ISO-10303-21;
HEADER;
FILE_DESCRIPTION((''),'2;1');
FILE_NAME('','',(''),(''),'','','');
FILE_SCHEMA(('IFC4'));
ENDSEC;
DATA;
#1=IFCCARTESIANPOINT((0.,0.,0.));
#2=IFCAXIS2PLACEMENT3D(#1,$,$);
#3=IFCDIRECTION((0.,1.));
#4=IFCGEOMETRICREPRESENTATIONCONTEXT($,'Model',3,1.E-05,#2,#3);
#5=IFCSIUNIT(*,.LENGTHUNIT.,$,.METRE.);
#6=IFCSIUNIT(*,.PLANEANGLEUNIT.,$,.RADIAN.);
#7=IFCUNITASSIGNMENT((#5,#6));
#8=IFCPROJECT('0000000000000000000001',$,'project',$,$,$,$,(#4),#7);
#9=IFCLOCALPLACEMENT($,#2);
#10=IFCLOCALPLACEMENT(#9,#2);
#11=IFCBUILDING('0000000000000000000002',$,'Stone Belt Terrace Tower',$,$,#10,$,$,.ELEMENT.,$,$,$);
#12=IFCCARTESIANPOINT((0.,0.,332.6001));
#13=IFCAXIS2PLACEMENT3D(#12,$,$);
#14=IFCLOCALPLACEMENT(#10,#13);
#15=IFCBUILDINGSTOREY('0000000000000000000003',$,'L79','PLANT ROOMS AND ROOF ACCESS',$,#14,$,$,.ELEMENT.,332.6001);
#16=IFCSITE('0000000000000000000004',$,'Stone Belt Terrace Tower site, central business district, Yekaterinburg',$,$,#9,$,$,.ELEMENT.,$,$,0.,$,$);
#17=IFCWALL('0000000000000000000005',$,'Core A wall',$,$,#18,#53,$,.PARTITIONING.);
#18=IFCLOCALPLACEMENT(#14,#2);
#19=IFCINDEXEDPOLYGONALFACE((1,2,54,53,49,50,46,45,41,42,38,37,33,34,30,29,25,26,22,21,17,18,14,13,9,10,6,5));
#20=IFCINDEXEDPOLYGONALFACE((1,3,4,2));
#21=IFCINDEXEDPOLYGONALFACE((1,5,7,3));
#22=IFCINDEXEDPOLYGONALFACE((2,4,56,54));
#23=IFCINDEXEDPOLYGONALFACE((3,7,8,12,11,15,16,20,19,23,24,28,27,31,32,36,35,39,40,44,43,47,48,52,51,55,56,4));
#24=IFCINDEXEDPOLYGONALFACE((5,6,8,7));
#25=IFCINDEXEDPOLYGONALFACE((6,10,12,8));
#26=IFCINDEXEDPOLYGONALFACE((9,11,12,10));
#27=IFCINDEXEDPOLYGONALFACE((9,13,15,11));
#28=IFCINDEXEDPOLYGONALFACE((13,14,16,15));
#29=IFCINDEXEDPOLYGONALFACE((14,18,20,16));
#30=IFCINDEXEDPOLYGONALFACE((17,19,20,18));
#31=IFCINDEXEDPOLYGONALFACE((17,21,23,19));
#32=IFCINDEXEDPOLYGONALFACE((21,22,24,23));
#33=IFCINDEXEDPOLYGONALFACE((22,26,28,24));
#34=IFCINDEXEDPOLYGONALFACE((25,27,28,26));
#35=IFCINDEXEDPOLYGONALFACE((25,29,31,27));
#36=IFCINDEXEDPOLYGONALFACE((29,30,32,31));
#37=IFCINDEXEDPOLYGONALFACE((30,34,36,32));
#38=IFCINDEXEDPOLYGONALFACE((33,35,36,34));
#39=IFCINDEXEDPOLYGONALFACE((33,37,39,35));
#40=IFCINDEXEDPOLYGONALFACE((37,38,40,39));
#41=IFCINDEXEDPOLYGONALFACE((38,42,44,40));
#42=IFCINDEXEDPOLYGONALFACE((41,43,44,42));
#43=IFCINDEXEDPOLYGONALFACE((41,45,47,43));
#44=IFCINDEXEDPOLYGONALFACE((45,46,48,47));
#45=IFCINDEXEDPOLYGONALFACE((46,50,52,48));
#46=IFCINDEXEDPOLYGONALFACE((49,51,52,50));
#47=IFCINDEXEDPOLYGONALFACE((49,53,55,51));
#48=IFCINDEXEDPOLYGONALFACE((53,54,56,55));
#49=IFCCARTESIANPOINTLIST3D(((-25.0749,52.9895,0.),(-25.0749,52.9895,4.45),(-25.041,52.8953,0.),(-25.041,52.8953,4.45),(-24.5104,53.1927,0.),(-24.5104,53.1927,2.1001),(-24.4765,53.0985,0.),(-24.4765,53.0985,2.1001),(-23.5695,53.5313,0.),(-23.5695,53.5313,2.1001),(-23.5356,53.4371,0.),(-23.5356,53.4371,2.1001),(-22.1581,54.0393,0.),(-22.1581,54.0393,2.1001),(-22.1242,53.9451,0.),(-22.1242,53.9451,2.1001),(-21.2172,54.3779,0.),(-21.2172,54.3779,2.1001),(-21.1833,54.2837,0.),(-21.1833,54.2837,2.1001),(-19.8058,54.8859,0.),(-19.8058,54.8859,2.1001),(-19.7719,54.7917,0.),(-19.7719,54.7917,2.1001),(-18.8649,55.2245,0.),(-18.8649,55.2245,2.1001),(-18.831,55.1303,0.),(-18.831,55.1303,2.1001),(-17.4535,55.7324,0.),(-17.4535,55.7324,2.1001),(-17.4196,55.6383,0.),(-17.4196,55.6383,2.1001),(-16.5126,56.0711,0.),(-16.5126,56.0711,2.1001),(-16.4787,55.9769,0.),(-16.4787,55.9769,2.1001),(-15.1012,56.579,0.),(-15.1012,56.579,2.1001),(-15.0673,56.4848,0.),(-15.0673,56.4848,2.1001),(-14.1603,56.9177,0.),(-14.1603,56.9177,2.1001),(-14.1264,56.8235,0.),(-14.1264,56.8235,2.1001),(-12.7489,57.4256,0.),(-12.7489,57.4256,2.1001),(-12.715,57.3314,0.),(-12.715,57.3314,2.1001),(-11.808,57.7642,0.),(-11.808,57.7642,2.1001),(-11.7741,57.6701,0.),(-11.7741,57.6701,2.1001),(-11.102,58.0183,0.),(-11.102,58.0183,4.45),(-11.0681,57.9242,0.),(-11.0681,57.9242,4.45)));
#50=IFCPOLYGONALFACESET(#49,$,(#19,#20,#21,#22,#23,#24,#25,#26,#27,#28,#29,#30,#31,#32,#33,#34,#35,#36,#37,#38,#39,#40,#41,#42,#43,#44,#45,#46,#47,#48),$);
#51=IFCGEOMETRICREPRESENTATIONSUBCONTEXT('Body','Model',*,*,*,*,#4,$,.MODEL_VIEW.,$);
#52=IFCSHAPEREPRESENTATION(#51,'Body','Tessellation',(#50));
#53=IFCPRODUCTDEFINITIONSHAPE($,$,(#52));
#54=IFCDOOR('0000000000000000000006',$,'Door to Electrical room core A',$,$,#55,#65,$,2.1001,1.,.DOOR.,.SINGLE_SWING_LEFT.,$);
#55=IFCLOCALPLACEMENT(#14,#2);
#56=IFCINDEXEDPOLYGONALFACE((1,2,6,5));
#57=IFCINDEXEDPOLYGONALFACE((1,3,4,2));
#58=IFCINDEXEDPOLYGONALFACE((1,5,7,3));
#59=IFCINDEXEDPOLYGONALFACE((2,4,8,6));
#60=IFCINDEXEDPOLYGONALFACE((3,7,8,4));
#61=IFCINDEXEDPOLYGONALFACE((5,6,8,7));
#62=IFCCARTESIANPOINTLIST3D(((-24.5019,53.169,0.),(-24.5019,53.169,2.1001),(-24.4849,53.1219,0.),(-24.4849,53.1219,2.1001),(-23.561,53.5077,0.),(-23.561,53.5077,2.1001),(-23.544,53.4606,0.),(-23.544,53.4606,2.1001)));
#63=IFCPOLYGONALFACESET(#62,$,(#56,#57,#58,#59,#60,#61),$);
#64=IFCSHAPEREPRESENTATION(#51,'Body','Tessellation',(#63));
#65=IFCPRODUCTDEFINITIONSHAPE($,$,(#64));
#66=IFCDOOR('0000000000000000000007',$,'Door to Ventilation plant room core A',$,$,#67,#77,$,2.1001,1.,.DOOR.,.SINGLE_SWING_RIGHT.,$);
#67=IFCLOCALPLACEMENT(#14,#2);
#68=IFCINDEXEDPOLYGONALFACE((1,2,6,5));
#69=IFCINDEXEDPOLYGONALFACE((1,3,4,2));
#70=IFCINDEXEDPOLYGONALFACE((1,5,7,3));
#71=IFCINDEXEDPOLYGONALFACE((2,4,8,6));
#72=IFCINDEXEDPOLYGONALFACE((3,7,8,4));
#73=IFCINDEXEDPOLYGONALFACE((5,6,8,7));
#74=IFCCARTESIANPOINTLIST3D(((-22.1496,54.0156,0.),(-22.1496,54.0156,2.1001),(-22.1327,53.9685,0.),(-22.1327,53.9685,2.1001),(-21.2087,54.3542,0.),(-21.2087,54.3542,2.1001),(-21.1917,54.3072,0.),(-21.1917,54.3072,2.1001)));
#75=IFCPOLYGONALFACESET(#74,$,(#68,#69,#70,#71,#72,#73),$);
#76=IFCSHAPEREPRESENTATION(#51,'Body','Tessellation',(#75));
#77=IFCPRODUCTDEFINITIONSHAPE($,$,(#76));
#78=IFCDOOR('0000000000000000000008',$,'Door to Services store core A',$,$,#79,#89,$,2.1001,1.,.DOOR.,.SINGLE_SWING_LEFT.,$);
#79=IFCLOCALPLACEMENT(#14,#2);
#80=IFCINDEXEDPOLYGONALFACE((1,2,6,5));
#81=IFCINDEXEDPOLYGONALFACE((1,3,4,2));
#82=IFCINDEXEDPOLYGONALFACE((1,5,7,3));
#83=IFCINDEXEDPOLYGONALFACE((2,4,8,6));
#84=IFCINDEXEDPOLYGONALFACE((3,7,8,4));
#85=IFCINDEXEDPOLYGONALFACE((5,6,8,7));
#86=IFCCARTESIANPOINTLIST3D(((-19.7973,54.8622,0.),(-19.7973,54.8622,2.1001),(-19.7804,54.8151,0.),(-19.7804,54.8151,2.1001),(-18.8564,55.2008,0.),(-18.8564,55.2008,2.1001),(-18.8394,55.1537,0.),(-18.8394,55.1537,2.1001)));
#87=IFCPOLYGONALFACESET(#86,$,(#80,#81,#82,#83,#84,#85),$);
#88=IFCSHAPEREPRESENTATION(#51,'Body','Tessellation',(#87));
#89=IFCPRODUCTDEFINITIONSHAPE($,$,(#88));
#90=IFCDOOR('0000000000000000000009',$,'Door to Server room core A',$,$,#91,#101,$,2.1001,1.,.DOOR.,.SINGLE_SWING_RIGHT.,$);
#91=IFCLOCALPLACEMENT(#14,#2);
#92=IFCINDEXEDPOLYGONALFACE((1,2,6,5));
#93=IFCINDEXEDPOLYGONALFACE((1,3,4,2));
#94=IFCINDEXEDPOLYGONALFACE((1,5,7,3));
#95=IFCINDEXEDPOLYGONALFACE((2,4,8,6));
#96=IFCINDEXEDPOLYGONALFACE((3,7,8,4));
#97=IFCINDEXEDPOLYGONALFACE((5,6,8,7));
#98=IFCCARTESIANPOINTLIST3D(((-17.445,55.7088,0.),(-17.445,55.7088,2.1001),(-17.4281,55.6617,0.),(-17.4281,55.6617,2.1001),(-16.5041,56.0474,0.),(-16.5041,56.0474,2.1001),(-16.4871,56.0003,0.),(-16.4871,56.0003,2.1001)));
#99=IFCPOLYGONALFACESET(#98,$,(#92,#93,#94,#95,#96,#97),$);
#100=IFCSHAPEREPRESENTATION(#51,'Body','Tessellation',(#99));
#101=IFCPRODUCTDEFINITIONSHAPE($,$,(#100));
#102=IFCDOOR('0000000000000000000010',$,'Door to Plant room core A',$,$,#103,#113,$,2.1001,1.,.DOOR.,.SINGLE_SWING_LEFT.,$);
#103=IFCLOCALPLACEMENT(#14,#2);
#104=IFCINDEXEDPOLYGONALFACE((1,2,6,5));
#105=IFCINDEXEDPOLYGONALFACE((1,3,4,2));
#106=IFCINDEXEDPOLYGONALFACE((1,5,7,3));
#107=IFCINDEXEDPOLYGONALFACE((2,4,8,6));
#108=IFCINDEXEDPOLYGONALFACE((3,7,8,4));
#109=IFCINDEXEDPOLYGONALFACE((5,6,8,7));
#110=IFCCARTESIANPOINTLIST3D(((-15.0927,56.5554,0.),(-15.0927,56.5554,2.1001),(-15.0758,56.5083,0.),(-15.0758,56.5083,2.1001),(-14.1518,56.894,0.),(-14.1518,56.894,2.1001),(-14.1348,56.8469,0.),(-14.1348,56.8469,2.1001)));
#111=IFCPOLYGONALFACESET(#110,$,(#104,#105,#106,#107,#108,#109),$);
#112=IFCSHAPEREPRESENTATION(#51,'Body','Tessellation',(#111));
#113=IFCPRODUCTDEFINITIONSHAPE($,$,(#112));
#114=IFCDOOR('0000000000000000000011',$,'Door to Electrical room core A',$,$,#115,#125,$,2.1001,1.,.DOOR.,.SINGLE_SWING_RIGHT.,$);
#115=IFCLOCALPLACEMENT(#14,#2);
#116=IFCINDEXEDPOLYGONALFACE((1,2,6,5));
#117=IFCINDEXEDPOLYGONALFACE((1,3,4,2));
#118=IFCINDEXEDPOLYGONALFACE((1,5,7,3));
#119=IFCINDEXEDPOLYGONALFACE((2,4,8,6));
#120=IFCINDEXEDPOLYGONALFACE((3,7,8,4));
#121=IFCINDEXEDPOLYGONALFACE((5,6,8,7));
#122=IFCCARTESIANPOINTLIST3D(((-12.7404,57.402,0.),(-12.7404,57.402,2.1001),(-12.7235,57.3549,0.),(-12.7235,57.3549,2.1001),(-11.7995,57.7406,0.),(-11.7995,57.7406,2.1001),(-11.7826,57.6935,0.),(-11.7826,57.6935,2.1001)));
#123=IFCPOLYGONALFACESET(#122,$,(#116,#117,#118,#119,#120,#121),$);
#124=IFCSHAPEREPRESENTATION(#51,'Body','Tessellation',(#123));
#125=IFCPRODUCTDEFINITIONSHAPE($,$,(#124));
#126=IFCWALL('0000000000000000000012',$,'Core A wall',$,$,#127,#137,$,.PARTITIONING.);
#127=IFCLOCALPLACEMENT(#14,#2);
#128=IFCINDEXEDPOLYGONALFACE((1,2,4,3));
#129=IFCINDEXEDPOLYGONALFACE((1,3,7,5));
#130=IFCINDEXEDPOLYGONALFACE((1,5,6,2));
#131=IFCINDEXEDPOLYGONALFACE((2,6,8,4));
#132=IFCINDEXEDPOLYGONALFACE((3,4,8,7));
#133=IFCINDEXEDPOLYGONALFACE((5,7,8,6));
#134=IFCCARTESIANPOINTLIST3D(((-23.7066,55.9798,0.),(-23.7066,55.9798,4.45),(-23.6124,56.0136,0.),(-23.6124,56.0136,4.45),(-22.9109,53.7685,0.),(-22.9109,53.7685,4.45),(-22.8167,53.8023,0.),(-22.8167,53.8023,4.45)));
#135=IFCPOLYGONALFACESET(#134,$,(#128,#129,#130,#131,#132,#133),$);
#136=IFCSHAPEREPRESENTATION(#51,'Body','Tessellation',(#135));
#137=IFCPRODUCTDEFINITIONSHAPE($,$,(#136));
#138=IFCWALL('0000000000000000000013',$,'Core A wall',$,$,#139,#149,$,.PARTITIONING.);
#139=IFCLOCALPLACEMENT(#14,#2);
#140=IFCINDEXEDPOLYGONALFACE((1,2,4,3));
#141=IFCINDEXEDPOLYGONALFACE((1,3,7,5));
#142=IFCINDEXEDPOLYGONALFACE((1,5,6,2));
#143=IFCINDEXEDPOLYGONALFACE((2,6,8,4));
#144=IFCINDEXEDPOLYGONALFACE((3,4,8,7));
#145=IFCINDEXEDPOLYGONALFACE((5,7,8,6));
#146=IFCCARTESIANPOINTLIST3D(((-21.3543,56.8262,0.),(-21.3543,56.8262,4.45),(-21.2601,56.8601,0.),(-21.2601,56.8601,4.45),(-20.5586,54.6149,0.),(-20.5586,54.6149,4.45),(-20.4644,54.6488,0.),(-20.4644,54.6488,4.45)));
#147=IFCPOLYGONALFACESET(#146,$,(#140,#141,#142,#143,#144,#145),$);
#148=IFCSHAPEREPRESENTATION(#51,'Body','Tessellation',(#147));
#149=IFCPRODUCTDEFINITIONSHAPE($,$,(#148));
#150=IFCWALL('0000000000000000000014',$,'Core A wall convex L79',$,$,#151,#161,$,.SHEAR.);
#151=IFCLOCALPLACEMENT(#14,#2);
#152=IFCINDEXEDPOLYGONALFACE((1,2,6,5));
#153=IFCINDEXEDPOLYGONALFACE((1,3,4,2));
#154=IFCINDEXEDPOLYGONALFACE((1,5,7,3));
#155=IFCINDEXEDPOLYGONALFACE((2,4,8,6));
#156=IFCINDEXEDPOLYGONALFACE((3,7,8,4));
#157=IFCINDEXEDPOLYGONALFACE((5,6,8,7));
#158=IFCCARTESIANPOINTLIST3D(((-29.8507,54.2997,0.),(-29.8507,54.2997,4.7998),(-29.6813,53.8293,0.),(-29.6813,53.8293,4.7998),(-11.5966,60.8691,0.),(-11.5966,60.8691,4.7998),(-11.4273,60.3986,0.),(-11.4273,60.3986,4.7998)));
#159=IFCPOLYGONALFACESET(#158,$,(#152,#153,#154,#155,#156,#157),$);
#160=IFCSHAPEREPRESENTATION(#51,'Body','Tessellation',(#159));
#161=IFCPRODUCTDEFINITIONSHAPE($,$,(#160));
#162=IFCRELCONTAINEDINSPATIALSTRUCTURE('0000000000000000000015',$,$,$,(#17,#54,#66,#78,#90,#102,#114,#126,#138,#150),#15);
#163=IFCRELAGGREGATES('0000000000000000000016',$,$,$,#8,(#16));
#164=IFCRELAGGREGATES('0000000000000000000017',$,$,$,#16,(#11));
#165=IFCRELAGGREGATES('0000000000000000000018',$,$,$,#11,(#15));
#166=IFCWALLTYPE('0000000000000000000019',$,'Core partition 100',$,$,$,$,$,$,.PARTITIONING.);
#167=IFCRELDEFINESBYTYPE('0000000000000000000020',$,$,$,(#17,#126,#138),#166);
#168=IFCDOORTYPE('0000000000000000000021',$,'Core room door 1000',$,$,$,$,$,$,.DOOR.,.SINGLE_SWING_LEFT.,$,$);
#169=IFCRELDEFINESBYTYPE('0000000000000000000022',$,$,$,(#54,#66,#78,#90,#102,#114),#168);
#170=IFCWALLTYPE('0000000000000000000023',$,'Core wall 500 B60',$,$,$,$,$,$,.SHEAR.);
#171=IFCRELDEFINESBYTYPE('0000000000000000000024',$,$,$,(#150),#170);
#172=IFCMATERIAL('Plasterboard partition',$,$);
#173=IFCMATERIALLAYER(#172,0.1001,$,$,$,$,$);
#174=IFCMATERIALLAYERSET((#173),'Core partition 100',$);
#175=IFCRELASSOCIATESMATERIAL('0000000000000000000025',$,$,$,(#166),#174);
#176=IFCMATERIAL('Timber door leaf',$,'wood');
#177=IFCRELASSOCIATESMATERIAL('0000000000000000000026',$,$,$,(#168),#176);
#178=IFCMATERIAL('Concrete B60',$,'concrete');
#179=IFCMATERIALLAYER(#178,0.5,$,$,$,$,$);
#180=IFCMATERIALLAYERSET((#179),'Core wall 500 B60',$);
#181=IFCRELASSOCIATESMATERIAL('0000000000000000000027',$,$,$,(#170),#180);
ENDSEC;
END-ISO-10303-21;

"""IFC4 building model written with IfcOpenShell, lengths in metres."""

from ifc_helpers import new_model, si_unit, direction, frame, frame_2d, origin, place, context, subcontext, project, spatial, rectangle, extrude, material, layer, layer_set, type_object, element, fill, save


model = new_model("IFC4")

# Units and contexts
model_context = context("Model", 3, precision=1e-05, world=origin(), true_north=direction((0.0, 1.0)))
body_context = subcontext(model_context, "Body", "Model", "MODEL_VIEW")
ifc_project = project(units=[si_unit("LENGTHUNIT", "METRE"), si_unit("PLANEANGLEUNIT", "RADIAN")], contexts=[model_context])

# Site, building, storey
site_placement = place(None, origin())
site = spatial("IfcSite", under=ifc_project, at=site_placement, Name="Stone Belt Terrace Tower site, central business district, Yekaterinburg", CompositionType="ELEMENT", RefElevation=0.0)
building_placement = place(site_placement, origin())
building = spatial("IfcBuilding", under=site, at=building_placement, Name="Stone Belt Terrace Tower", CompositionType="ELEMENT")
storey_placement = place(building_placement, frame((0.0, 0.0, 332.6001)))
storey = spatial("IfcBuildingStorey", under=building, at=storey_placement, Name="L79", Description="PLANT ROOMS AND ROOF ACCESS", CompositionType="ELEMENT", Elevation=332.6001)

# Shared definitions
ifc_material_1 = material(Name="Concrete B60", Category="concrete")

# Shared definitions
ifc_material_2 = material(Name="Plasterboard partition")
ifc_layer_1 = layer(ifc_material_2, 0.1001)
ifc_layer_set_1 = layer_set([ifc_layer_1], Name="Core partition 100")
wall_type_1 = type_object("IfcWallType", Name="Core partition 100", PredefinedType="PARTITIONING", material=ifc_layer_set_1)
ifc_material_3 = material(Name="Timber door leaf", Category="wood")
door_type_1 = type_object("IfcDoorType", Name="Core room door 1000", OperationType="SINGLE_SWING_LEFT", PredefinedType="DOOR", material=ifc_material_3)

# Wall, openings, doors
wall_1_placement = place(storey_placement, frame((-25.0581, 52.9424, 0.0), z_axis=(0.0, 0.0, 1.0), x_axis=(0.940918, 0.338634, 0.0)))
wall_1 = element("IfcWall", 1, at=wall_1_placement, inside=storey, type_object=wall_type_1, Name="Core A wall", PredefinedType="PARTITIONING", context=body_context, shape_type="SweptSolid", body=[
    extrude(rectangle(XDim=14.8503, YDim=0.1001, at=frame_2d((7.4253, 0.0))), origin(), (0.0, 0.0, 1.0), 4.45),
])
opening_1_placement = place(wall_1_placement, frame((0.6001, 0.0, 0.0)))
opening_1 = element("IfcOpeningElement", 2, at=opening_1_placement, cuts=wall_1, PredefinedType="OPENING", context=body_context, shape_type="SweptSolid", body=[
    extrude(rectangle(XDim=1.0, YDim=2.1001, at=frame_2d((0.5, 1.05))), frame((0.0, 0.0601, 0.0), z_axis=(0.0, -1.0, 0.0), x_axis=(1.0, 0.0, 0.0)), (0.0, 0.0, 1.0), 0.1201),
])
opening_2_placement = place(wall_1_placement, frame((3.1001, 0.0, 0.0)))
opening_2 = element("IfcOpeningElement", 3, at=opening_2_placement, cuts=wall_1, PredefinedType="OPENING", context=body_context, shape_type="SweptSolid", body=[
    extrude(rectangle(XDim=1.0, YDim=2.1001, at=frame_2d((0.5, 1.05))), frame((0.0, 0.0601, 0.0), z_axis=(0.0, -1.0, 0.0), x_axis=(1.0, 0.0, 0.0)), (0.0, 0.0, 1.0), 0.1201),
])
opening_3_placement = place(wall_1_placement, frame((5.6001, 0.0, 0.0)))
opening_3 = element("IfcOpeningElement", 4, at=opening_3_placement, cuts=wall_1, PredefinedType="OPENING", context=body_context, shape_type="SweptSolid", body=[
    extrude(rectangle(XDim=1.0, YDim=2.1001, at=frame_2d((0.5, 1.05))), frame((0.0, 0.0601, 0.0), z_axis=(0.0, -1.0, 0.0), x_axis=(1.0, 0.0, 0.0)), (0.0, 0.0, 1.0), 0.1201),
])
opening_4_placement = place(wall_1_placement, frame((8.1001, 0.0, 0.0)))
opening_4 = element("IfcOpeningElement", 5, at=opening_4_placement, cuts=wall_1, PredefinedType="OPENING", context=body_context, shape_type="SweptSolid", body=[
    extrude(rectangle(XDim=1.0, YDim=2.1001, at=frame_2d((0.5, 1.05))), frame((0.0, 0.0601, 0.0), z_axis=(0.0, -1.0, 0.0), x_axis=(1.0, 0.0, 0.0)), (0.0, 0.0, 1.0), 0.1201),
])
opening_5_placement = place(wall_1_placement, frame((10.6001, 0.0, 0.0)))
opening_5 = element("IfcOpeningElement", 6, at=opening_5_placement, cuts=wall_1, PredefinedType="OPENING", context=body_context, shape_type="SweptSolid", body=[
    extrude(rectangle(XDim=1.0, YDim=2.1001, at=frame_2d((0.5, 1.05))), frame((0.0, 0.0601, 0.0), z_axis=(0.0, -1.0, 0.0), x_axis=(1.0, 0.0, 0.0)), (0.0, 0.0, 1.0), 0.1201),
])
opening_6_placement = place(wall_1_placement, frame((13.1001, 0.0, 0.0)))
opening_6 = element("IfcOpeningElement", 7, at=opening_6_placement, cuts=wall_1, PredefinedType="OPENING", context=body_context, shape_type="SweptSolid", body=[
    extrude(rectangle(XDim=1.0, YDim=2.1001, at=frame_2d((0.5, 1.05))), frame((0.0, 0.0601, 0.0), z_axis=(0.0, -1.0, 0.0), x_axis=(1.0, 0.0, 0.0)), (0.0, 0.0, 1.0), 0.1201),
])
door_1_placement = place(opening_1_placement, origin())
door_1 = element("IfcDoor", 8, at=door_1_placement, inside=storey, type_object=door_type_1, Name="Door to Electrical room core A", OperationType="SINGLE_SWING_LEFT", OverallHeight=2.1001, OverallWidth=1.0, PredefinedType="DOOR", context=body_context, shape_type="SweptSolid", body=[
    extrude(rectangle(XDim=1.0, YDim=2.1001, at=frame_2d((0.5, 1.05))), frame((0.0, 0.0249, 0.0), z_axis=(0.0, -1.0, 0.0), x_axis=(1.0, 0.0, 0.0)), (0.0, 0.0, 1.0), 0.05),
])
fill(opening_1, door_1)
door_2_placement = place(opening_2_placement, origin())
door_2 = element("IfcDoor", 9, at=door_2_placement, inside=storey, type_object=door_type_1, Name="Door to Ventilation plant room core A", OperationType="SINGLE_SWING_RIGHT", OverallHeight=2.1001, OverallWidth=1.0, PredefinedType="DOOR", context=body_context, shape_type="SweptSolid", body=[
    extrude(rectangle(XDim=1.0, YDim=2.1001, at=frame_2d((0.5, 1.05))), frame((0.0, 0.0249, 0.0), z_axis=(0.0, -1.0, 0.0), x_axis=(1.0, 0.0, 0.0)), (0.0, 0.0, 1.0), 0.05),
])
fill(opening_2, door_2)
door_3_placement = place(opening_3_placement, origin())
door_3 = element("IfcDoor", 10, at=door_3_placement, inside=storey, type_object=door_type_1, Name="Door to Services store core A", OperationType="SINGLE_SWING_LEFT", OverallHeight=2.1001, OverallWidth=1.0, PredefinedType="DOOR", context=body_context, shape_type="SweptSolid", body=[
    extrude(rectangle(XDim=1.0, YDim=2.1001, at=frame_2d((0.5, 1.05))), frame((0.0, 0.0249, 0.0), z_axis=(0.0, -1.0, 0.0), x_axis=(1.0, 0.0, 0.0)), (0.0, 0.0, 1.0), 0.05),
])
fill(opening_3, door_3)
door_4_placement = place(opening_4_placement, origin())
door_4 = element("IfcDoor", 11, at=door_4_placement, inside=storey, type_object=door_type_1, Name="Door to Server room core A", OperationType="SINGLE_SWING_RIGHT", OverallHeight=2.1001, OverallWidth=1.0, PredefinedType="DOOR", context=body_context, shape_type="SweptSolid", body=[
    extrude(rectangle(XDim=1.0, YDim=2.1001, at=frame_2d((0.5, 1.05))), frame((0.0, 0.0249, 0.0), z_axis=(0.0, -1.0, 0.0), x_axis=(1.0, 0.0, 0.0)), (0.0, 0.0, 1.0), 0.05),
])
fill(opening_4, door_4)
door_5_placement = place(opening_5_placement, origin())
door_5 = element("IfcDoor", 12, at=door_5_placement, inside=storey, type_object=door_type_1, Name="Door to Plant room core A", OperationType="SINGLE_SWING_LEFT", OverallHeight=2.1001, OverallWidth=1.0, PredefinedType="DOOR", context=body_context, shape_type="SweptSolid", body=[
    extrude(rectangle(XDim=1.0, YDim=2.1001, at=frame_2d((0.5, 1.05))), frame((0.0, 0.0249, 0.0), z_axis=(0.0, -1.0, 0.0), x_axis=(1.0, 0.0, 0.0)), (0.0, 0.0, 1.0), 0.05),
])
fill(opening_5, door_5)
door_6_placement = place(opening_6_placement, origin())
door_6 = element("IfcDoor", 13, at=door_6_placement, inside=storey, type_object=door_type_1, Name="Door to Electrical room core A", OperationType="SINGLE_SWING_RIGHT", OverallHeight=2.1001, OverallWidth=1.0, PredefinedType="DOOR", context=body_context, shape_type="SweptSolid", body=[
    extrude(rectangle(XDim=1.0, YDim=2.1001, at=frame_2d((0.5, 1.05))), frame((0.0, 0.0249, 0.0), z_axis=(0.0, -1.0, 0.0), x_axis=(1.0, 0.0, 0.0)), (0.0, 0.0, 1.0), 0.05),
])
fill(opening_6, door_6)

# Walls
for number, where, z_axis, x_axis, name in (
    (14, (-22.8638, 53.7854, 0.0), (0.0, 0.0, 1.0), (-0.33858, 0.940938, 0.0), "Core A wall"),
    (15, (-20.5115, 54.6318, 0.0), (0.0, 0.0, 1.0), (-0.33858, 0.940938, 0.0), "Core A wall"),
):
    element("IfcWall", number, at=place(storey_placement, frame(where, z_axis=z_axis, x_axis=x_axis)), inside=storey, type_object=wall_type_1, Name=name, PredefinedType="PARTITIONING", context=body_context, shape_type="SweptSolid", body=[
        extrude(rectangle(XDim=2.3501, YDim=0.1001, at=frame_2d((1.175, 0.0))), origin(), (0.0, 0.0, 1.0), 4.45),
    ])
ifc_layer_2 = layer(ifc_material_1, 0.5)
ifc_layer_set_2 = layer_set([ifc_layer_2], Name="Core wall 500 B60")
wall_type_2 = type_object("IfcWallType", Name="Core wall 500 B60", PredefinedType="SHEAR", material=ifc_layer_set_2)
wall_2_placement = place(storey_placement, frame((-29.7661, 54.0645, 0.0), z_axis=(0.0, 0.0, 1.0), x_axis=(0.940921, 0.338625, 0.0)))
element("IfcWall", 16, at=wall_2_placement, inside=storey, type_object=wall_type_2, Name="Core A wall convex L79", PredefinedType="SHEAR", context=body_context, shape_type="SweptSolid", body=[
    extrude(rectangle(XDim=19.4001, YDim=0.5, at=frame_2d((9.7002, 0.0))), origin(), (0.0, 0.0, 1.0), 4.7998),
])

save(model, "model.ifc")
